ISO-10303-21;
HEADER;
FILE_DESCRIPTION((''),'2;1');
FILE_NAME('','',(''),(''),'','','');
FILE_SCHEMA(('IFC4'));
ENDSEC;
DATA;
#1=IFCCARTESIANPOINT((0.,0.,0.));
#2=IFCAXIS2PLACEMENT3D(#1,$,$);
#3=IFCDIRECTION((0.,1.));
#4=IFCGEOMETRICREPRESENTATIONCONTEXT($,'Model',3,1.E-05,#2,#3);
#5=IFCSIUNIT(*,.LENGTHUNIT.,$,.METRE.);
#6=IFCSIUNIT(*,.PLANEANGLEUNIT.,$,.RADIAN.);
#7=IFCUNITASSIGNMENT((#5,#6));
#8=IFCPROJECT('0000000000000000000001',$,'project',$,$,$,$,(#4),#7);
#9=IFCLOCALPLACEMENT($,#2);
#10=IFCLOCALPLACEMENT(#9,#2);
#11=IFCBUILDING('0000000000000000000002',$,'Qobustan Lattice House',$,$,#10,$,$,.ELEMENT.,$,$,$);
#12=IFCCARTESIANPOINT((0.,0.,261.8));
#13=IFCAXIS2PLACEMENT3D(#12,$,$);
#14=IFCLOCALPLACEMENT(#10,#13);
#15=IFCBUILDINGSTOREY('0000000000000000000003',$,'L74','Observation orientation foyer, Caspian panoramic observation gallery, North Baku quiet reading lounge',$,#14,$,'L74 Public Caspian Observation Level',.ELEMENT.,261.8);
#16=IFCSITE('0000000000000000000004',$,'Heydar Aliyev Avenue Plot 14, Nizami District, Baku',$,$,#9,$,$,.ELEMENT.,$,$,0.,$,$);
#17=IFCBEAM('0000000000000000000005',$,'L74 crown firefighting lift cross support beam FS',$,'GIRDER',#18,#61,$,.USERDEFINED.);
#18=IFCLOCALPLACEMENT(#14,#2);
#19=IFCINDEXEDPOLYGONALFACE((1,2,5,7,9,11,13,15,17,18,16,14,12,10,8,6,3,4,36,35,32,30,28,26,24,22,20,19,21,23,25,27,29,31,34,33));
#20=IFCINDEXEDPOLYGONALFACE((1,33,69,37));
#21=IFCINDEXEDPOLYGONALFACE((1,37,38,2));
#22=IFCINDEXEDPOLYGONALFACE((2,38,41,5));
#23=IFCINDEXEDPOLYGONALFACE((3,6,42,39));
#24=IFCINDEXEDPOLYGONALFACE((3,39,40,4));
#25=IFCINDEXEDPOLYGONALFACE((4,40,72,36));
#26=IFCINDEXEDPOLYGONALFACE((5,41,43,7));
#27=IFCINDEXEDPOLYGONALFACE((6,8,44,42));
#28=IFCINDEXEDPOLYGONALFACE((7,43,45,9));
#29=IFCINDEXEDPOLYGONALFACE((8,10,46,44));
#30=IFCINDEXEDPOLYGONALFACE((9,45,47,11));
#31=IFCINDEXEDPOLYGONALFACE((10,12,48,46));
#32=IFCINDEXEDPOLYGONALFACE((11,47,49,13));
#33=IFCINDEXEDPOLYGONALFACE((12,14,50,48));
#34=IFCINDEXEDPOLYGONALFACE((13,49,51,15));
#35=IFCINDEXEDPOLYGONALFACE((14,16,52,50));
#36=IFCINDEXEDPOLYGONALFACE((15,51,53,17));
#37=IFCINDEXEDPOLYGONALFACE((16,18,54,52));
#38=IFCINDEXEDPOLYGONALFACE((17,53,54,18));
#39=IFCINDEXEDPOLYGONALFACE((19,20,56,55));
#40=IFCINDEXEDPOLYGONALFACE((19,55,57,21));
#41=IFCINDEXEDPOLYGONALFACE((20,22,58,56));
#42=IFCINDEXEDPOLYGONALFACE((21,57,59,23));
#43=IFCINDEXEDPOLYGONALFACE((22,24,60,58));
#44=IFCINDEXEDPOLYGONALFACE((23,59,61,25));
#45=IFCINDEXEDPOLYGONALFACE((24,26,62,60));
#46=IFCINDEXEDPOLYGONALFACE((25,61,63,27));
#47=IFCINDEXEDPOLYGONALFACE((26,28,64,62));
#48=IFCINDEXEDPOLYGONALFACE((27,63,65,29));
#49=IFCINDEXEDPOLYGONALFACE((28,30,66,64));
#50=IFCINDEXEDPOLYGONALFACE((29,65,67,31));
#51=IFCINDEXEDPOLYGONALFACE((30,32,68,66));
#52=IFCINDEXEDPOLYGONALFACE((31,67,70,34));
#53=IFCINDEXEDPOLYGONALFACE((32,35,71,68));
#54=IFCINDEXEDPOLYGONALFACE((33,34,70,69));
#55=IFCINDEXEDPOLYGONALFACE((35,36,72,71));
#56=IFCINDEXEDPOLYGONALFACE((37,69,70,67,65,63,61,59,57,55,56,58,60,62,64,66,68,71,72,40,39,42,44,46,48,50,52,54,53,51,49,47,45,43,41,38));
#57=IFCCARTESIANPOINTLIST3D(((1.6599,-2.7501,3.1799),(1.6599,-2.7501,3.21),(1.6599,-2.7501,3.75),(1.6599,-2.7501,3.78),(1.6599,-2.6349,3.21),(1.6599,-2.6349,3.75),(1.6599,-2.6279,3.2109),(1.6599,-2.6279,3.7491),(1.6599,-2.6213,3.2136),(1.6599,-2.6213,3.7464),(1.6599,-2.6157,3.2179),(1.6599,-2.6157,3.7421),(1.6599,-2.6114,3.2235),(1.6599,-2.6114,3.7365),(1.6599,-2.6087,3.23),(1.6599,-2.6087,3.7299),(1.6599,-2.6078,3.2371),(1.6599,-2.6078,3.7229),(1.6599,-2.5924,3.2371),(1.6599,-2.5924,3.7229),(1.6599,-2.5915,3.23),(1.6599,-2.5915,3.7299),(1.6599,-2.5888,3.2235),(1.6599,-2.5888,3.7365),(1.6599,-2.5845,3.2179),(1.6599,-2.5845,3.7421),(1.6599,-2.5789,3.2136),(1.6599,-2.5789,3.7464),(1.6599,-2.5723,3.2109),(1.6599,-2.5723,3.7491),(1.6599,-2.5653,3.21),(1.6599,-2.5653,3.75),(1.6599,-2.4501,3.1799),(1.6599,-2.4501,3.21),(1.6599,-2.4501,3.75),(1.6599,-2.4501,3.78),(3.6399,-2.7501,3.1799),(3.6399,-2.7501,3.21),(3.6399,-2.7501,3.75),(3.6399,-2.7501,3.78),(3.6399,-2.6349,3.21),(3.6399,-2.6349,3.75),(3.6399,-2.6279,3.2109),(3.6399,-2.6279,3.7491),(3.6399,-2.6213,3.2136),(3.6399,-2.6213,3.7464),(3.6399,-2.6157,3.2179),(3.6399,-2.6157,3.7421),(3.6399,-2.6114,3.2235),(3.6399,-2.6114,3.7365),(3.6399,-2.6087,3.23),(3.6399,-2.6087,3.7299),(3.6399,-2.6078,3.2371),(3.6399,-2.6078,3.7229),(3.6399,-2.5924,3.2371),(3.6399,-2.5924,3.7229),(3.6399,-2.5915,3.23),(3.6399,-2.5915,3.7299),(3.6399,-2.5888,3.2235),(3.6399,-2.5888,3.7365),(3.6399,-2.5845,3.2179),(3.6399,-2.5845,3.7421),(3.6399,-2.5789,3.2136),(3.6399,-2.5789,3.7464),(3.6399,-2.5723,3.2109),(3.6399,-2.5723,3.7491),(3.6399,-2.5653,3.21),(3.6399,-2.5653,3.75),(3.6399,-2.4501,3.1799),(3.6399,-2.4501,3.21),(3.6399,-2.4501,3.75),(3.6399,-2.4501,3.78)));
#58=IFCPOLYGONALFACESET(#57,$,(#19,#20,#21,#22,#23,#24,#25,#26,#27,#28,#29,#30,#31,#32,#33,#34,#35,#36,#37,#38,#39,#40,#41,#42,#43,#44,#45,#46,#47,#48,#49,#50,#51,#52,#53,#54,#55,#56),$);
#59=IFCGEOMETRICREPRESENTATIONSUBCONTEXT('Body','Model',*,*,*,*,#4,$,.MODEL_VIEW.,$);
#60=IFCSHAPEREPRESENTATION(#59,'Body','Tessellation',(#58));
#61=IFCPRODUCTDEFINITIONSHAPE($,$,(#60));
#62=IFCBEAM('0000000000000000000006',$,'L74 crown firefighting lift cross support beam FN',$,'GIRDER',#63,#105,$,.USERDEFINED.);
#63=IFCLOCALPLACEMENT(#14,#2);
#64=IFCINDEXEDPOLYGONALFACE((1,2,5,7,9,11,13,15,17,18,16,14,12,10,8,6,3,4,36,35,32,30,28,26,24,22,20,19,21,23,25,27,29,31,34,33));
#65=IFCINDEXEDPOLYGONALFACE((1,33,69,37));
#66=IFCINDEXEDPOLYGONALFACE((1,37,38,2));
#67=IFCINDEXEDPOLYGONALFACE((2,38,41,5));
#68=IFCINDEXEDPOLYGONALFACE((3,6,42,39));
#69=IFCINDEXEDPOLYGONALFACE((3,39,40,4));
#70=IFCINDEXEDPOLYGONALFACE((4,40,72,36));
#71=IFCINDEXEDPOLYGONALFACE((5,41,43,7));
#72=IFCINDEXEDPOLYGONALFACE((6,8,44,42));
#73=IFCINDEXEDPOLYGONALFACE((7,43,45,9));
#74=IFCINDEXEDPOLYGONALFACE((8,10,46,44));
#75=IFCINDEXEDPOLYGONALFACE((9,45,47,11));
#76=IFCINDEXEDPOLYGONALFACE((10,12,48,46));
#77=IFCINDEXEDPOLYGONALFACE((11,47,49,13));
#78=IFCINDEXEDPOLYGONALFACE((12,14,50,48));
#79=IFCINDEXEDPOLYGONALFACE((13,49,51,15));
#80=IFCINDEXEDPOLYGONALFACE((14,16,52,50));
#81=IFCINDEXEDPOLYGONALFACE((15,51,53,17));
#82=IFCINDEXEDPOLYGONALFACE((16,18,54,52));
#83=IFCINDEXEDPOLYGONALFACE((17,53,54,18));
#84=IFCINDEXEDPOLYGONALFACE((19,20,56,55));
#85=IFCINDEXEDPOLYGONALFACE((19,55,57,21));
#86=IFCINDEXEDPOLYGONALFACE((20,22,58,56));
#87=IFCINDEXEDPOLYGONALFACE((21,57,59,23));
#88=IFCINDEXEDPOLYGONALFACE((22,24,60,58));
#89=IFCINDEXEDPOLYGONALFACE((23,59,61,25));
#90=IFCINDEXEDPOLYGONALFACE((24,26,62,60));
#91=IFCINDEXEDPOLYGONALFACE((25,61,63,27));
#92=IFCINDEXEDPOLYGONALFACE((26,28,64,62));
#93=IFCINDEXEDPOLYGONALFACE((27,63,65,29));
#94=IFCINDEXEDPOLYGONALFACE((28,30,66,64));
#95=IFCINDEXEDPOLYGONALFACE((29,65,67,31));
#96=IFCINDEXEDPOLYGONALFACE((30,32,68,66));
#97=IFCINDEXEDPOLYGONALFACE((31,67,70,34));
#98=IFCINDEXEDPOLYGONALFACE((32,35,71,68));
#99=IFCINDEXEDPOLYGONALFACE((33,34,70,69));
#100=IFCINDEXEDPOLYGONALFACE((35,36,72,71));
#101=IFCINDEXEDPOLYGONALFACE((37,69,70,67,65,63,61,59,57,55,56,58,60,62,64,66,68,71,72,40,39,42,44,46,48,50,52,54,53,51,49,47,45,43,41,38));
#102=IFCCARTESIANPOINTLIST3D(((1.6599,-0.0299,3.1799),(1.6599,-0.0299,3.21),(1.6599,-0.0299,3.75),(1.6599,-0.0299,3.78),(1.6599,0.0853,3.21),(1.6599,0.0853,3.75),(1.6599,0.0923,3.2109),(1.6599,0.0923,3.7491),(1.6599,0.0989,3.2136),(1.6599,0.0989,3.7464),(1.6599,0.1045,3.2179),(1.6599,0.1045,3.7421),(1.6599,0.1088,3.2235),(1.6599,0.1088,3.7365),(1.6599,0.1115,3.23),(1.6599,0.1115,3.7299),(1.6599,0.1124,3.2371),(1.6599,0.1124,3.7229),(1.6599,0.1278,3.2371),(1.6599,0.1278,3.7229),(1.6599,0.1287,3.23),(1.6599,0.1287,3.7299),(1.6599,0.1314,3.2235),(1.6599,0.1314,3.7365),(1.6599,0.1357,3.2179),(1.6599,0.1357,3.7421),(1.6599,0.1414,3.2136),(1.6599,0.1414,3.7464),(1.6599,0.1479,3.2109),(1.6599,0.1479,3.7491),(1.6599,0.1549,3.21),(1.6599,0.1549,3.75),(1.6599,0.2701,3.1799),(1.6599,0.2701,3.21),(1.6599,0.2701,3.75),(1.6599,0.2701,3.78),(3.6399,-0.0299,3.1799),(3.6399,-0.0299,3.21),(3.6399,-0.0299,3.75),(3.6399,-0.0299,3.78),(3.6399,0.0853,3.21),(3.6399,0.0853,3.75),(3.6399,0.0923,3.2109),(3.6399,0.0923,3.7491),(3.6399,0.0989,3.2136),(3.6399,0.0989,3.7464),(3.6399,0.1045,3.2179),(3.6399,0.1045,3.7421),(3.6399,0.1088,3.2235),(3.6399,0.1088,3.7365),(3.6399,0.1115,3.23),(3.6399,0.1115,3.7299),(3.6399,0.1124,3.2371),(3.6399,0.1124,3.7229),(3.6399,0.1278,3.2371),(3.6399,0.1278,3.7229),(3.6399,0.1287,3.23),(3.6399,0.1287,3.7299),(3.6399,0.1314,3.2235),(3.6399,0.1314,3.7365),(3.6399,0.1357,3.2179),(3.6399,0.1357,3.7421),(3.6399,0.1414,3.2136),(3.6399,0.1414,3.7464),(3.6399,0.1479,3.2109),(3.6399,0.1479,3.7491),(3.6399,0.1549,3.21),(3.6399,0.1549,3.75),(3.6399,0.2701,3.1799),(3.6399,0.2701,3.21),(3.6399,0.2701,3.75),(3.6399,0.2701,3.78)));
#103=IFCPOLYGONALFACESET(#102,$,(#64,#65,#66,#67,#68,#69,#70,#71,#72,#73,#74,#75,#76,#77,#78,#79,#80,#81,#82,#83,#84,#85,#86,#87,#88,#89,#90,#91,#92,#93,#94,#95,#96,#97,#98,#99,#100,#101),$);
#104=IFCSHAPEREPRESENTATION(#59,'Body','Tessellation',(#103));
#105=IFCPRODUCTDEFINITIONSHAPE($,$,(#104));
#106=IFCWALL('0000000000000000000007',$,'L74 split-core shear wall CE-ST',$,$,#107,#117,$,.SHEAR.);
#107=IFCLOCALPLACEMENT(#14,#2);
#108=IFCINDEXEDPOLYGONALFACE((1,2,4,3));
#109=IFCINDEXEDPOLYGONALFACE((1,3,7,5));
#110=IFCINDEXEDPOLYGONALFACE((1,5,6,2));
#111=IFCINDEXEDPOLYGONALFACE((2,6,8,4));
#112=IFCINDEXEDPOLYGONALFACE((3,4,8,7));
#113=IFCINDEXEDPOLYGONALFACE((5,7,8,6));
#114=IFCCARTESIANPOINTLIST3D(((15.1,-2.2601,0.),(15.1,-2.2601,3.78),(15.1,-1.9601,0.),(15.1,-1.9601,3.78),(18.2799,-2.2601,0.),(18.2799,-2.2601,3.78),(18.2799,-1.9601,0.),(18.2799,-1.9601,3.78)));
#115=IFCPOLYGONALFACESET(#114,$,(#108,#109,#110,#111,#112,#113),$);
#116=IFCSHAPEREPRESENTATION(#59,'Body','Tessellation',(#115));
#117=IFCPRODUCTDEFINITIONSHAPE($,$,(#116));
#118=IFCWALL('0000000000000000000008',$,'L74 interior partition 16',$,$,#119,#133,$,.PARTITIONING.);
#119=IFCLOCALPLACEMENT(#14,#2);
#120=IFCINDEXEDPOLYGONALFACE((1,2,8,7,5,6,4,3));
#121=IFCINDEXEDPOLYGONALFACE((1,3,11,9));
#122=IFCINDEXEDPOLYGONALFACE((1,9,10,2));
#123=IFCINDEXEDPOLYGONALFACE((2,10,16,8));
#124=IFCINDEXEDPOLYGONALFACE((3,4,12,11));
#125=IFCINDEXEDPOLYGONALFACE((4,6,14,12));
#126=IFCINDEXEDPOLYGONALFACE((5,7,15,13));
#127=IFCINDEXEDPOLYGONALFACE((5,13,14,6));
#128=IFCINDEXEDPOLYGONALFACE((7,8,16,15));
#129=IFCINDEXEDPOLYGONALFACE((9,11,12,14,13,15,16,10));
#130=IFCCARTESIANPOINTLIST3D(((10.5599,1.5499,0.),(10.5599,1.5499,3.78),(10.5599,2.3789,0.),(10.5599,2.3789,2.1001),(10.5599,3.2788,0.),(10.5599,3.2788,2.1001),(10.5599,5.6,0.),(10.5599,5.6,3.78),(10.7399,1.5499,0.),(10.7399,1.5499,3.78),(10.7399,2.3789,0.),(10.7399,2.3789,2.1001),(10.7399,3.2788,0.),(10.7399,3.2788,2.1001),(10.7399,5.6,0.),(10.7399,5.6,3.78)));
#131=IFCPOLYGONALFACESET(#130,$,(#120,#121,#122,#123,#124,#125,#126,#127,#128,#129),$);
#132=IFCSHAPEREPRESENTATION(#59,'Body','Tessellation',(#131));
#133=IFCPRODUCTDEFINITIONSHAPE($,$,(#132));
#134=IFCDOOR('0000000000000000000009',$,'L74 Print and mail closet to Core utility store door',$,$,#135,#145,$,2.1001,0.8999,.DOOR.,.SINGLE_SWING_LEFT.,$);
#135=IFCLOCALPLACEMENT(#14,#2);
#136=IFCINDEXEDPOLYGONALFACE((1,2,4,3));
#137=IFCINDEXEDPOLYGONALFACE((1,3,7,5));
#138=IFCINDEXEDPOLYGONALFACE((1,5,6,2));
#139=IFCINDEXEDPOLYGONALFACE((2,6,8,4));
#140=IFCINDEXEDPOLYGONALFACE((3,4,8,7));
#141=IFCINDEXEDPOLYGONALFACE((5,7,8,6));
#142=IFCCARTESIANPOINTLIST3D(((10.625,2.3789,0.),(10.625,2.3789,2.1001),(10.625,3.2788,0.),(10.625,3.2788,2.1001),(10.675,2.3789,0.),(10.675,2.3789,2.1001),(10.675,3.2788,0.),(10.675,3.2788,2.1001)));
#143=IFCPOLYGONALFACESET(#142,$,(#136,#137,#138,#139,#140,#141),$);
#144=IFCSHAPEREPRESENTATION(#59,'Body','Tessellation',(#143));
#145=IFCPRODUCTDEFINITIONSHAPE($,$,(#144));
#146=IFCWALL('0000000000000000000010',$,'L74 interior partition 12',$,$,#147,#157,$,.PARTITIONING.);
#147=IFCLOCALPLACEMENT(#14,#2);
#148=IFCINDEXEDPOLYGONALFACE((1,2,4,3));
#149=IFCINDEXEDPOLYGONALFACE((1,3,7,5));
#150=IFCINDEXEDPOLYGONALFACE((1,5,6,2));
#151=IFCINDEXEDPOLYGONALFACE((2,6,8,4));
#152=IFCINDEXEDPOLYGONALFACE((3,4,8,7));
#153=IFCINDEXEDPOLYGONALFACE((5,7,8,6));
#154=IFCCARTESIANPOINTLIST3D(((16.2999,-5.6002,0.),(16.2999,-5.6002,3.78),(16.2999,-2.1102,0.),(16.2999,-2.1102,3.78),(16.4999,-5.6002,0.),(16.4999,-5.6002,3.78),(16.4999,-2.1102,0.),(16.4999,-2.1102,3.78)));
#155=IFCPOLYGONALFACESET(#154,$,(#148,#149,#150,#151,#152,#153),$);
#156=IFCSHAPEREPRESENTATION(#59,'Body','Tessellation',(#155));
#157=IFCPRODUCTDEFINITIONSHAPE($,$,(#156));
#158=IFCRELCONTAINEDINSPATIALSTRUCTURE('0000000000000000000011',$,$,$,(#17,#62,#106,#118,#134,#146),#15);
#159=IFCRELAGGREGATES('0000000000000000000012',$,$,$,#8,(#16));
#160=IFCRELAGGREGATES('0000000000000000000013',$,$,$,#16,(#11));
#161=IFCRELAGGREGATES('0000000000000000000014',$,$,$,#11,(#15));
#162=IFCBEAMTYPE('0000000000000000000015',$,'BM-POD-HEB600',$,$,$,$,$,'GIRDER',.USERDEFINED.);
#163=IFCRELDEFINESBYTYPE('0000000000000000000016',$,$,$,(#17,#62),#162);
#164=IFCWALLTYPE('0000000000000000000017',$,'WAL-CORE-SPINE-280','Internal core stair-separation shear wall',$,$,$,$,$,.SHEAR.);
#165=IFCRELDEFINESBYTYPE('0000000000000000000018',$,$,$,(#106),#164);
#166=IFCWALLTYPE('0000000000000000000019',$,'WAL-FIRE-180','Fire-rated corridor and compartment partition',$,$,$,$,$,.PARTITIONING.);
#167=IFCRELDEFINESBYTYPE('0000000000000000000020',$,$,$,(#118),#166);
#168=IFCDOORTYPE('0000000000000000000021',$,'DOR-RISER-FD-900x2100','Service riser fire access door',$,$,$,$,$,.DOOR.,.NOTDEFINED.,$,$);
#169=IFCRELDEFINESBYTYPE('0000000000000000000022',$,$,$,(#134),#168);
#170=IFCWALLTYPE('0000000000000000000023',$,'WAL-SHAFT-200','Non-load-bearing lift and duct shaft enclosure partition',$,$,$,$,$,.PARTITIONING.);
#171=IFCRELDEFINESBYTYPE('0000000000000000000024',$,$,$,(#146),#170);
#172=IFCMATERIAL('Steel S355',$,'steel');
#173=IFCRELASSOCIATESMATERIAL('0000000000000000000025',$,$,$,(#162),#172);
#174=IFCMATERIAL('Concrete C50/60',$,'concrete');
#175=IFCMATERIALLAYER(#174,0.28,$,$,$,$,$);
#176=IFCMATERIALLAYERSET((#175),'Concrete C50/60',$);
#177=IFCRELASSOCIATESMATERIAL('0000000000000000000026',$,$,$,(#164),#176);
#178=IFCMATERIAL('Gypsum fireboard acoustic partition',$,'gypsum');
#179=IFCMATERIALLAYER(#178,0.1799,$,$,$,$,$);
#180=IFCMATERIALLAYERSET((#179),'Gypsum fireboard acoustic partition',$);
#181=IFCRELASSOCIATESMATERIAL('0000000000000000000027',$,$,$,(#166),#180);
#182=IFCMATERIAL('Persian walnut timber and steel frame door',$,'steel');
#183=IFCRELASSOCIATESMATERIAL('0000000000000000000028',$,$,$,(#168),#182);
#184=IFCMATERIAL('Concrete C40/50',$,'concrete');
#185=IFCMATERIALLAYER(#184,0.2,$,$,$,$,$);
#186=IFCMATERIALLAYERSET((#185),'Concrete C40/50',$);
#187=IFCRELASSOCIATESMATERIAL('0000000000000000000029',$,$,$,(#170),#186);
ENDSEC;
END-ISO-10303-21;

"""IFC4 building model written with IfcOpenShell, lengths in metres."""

from ifc_helpers import new_model, si_unit, direction, frame, frame_2d, origin, origin_2d, place, context, subcontext, project, spatial, rectangle, i_section, extrude, material, layer, layer_set, material_profile, profile_set, type_object, element, fill, save


model = new_model("IFC4")

# Units and contexts
model_context = context("Model", 3, precision=1e-05, world=origin(), true_north=direction((0.0, 1.0)))
body_context = subcontext(model_context, "Body", "Model", "MODEL_VIEW")
ifc_project = project(units=[si_unit("LENGTHUNIT", "METRE"), si_unit("PLANEANGLEUNIT", "RADIAN")], contexts=[model_context])

# Site, building, storey
site_placement = place(None, origin())
site = spatial("IfcSite", under=ifc_project, at=site_placement, Name="Heydar Aliyev Avenue Plot 14, Nizami District, Baku", CompositionType="ELEMENT", RefElevation=0.0)
building_placement = place(site_placement, origin())
building = spatial("IfcBuilding", under=site, at=building_placement, Name="Qobustan Lattice House", CompositionType="ELEMENT")
storey_placement = place(building_placement, frame((0.0, 0.0, 261.8)))
storey = spatial("IfcBuildingStorey", under=building, at=storey_placement, Name="L74", Description="Observation orientation foyer, Caspian panoramic observation gallery, North Baku quiet reading lounge", LongName="L74 Public Caspian Observation Level", CompositionType="ELEMENT", Elevation=261.8)

# Beams
ifc_material_1 = material(Name="Steel S355", Category="steel")
ifc_material_profile = material_profile(ifc_material_1, i_section(OverallWidth=0.3, OverallDepth=0.6001, WebThickness=0.0154, FlangeThickness=0.03, FilletRadius=0.0271, at=origin_2d()), Name="HEB600")
ifc_profile_set = profile_set([ifc_material_profile], Name="Steel S355")
beam_type = type_object("IfcBeamType", Name="BM-POD-HEB600", ElementType="GIRDER", PredefinedType="USERDEFINED", material=ifc_profile_set)
for number, where, z_axis, x_axis, name in (
    (1, (1.6599, -2.6001, 3.48), (1.0, 0.0, 0.0), (0.0, 1.0, 0.0), "L74 crown firefighting lift cross support beam FS"),
    (2, (1.6599, 0.1201, 3.48), (1.0, 0.0, 0.0), (0.0, 1.0, 0.0), "L74 crown firefighting lift cross support beam FN"),
):
    element("IfcBeam", number, at=place(storey_placement, frame(where, z_axis=z_axis, x_axis=x_axis)), inside=storey, type_object=beam_type, Name=name, ObjectType="GIRDER", PredefinedType="USERDEFINED", context=body_context, shape_type="SweptSolid", body=[
        extrude(i_section(OverallWidth=0.3, OverallDepth=0.6001, WebThickness=0.0154, FlangeThickness=0.03, FilletRadius=0.0271, at=origin_2d()), origin(), (0.0, 0.0, 1.0), 1.98),
    ])

# Wall
ifc_material_2 = material(Name="Concrete C50/60", Category="concrete")
ifc_layer_1 = layer(ifc_material_2, 0.28)
ifc_layer_set_1 = layer_set([ifc_layer_1], Name="Concrete C50/60")
wall_type_1 = type_object("IfcWallType", Name="WAL-CORE-SPINE-280", Description="Internal core stair-separation shear wall", PredefinedType="SHEAR", material=ifc_layer_set_1)
wall_1_placement = place(storey_placement, frame((15.1001, -2.1101, 0.0), z_axis=(0.0, 0.0, 1.0), x_axis=(1.0, 0.0, 0.0)))
element("IfcWall", 3, at=wall_1_placement, inside=storey, type_object=wall_type_1, Name="L74 split-core shear wall CE-ST", PredefinedType="SHEAR", context=body_context, shape_type="SweptSolid", body=[
    extrude(rectangle(XDim=3.1799, YDim=0.3, at=frame_2d((1.5898, 0.0))), origin(), (0.0, 0.0, 1.0), 3.78),
])

# Wall, opening, door
ifc_material_3 = material(Name="Gypsum fireboard acoustic partition", Category="gypsum")
ifc_layer_2 = layer(ifc_material_3, 0.1799)
ifc_layer_set_2 = layer_set([ifc_layer_2], Name="Gypsum fireboard acoustic partition")
wall_type_2 = type_object("IfcWallType", Name="WAL-FIRE-180", Description="Fire-rated corridor and compartment partition", PredefinedType="PARTITIONING", material=ifc_layer_set_2)
wall_2_placement = place(storey_placement, frame((10.6499, 1.55, 0.0), z_axis=(0.0, 0.0, 1.0), x_axis=(0.0, 1.0, 0.0)))
wall_2 = element("IfcWall", 4, at=wall_2_placement, inside=storey, type_object=wall_type_2, Name="L74 interior partition 16", PredefinedType="PARTITIONING", context=body_context, shape_type="SweptSolid", body=[
    extrude(rectangle(XDim=4.05, YDim=0.1799, at=frame_2d((2.0249, 0.0))), origin(), (0.0, 0.0, 1.0), 3.78),
])
opening_1_placement = place(wall_2_placement, frame((0.8289, 0.0, 0.0)))
opening_1 = element("IfcOpeningElement", 5, at=opening_1_placement, cuts=wall_2, PredefinedType="OPENING", context=body_context, shape_type="SweptSolid", body=[
    extrude(rectangle(XDim=0.8999, YDim=2.1001, at=frame_2d((0.45, 1.05))), frame((0.0, 0.0999, 0.0), z_axis=(0.0, -1.0, 0.0), x_axis=(1.0, 0.0, 0.0)), (0.0, 0.0, 1.0), 0.2),
])
ifc_material_4 = material(Name="Persian walnut timber and steel frame door", Category="steel")
door_type_1 = type_object("IfcDoorType", Name="DOR-RISER-FD-900x2100", Description="Service riser fire access door", OperationType="NOTDEFINED", PredefinedType="DOOR", material=ifc_material_4)
door_1_placement = place(opening_1_placement, origin())
door_1 = element("IfcDoor", 6, at=door_1_placement, inside=storey, type_object=door_type_1, Name="L74 Print and mail closet to Core utility store door", OperationType="SINGLE_SWING_LEFT", OverallHeight=2.1001, OverallWidth=0.8999, PredefinedType="DOOR", context=body_context, shape_type="SweptSolid", body=[
    extrude(rectangle(XDim=0.8999, YDim=2.1001, at=frame_2d((0.45, 1.05))), frame((0.0, 0.0249, 0.0), z_axis=(0.0, -1.0, 0.0), x_axis=(1.0, 0.0, 0.0)), (0.0, 0.0, 1.0), 0.05),
])
fill(opening_1, door_1)

# Wall
ifc_material_5 = material(Name="Concrete C40/50", Category="concrete")
ifc_layer_3 = layer(ifc_material_5, 0.2)
ifc_layer_set_3 = layer_set([ifc_layer_3], Name="Concrete C40/50")
wall_type_3 = type_object("IfcWallType", Name="WAL-SHAFT-200", Description="Non-load-bearing lift and duct shaft enclosure partition", PredefinedType="PARTITIONING", material=ifc_layer_set_3)
wall_3_placement = place(storey_placement, frame((16.3999, -2.1101, 0.0), z_axis=(0.0, 0.0, 1.0), x_axis=(0.0, -1.0, 0.0)))
element("IfcWall", 7, at=wall_3_placement, inside=storey, type_object=wall_type_3, Name="L74 interior partition 12", PredefinedType="PARTITIONING", context=body_context, shape_type="SweptSolid", body=[
    extrude(rectangle(XDim=3.49, YDim=0.2, at=frame_2d((1.7451, 0.0))), origin(), (0.0, 0.0, 1.0), 3.78),
])

save(model, "model.ifc")
